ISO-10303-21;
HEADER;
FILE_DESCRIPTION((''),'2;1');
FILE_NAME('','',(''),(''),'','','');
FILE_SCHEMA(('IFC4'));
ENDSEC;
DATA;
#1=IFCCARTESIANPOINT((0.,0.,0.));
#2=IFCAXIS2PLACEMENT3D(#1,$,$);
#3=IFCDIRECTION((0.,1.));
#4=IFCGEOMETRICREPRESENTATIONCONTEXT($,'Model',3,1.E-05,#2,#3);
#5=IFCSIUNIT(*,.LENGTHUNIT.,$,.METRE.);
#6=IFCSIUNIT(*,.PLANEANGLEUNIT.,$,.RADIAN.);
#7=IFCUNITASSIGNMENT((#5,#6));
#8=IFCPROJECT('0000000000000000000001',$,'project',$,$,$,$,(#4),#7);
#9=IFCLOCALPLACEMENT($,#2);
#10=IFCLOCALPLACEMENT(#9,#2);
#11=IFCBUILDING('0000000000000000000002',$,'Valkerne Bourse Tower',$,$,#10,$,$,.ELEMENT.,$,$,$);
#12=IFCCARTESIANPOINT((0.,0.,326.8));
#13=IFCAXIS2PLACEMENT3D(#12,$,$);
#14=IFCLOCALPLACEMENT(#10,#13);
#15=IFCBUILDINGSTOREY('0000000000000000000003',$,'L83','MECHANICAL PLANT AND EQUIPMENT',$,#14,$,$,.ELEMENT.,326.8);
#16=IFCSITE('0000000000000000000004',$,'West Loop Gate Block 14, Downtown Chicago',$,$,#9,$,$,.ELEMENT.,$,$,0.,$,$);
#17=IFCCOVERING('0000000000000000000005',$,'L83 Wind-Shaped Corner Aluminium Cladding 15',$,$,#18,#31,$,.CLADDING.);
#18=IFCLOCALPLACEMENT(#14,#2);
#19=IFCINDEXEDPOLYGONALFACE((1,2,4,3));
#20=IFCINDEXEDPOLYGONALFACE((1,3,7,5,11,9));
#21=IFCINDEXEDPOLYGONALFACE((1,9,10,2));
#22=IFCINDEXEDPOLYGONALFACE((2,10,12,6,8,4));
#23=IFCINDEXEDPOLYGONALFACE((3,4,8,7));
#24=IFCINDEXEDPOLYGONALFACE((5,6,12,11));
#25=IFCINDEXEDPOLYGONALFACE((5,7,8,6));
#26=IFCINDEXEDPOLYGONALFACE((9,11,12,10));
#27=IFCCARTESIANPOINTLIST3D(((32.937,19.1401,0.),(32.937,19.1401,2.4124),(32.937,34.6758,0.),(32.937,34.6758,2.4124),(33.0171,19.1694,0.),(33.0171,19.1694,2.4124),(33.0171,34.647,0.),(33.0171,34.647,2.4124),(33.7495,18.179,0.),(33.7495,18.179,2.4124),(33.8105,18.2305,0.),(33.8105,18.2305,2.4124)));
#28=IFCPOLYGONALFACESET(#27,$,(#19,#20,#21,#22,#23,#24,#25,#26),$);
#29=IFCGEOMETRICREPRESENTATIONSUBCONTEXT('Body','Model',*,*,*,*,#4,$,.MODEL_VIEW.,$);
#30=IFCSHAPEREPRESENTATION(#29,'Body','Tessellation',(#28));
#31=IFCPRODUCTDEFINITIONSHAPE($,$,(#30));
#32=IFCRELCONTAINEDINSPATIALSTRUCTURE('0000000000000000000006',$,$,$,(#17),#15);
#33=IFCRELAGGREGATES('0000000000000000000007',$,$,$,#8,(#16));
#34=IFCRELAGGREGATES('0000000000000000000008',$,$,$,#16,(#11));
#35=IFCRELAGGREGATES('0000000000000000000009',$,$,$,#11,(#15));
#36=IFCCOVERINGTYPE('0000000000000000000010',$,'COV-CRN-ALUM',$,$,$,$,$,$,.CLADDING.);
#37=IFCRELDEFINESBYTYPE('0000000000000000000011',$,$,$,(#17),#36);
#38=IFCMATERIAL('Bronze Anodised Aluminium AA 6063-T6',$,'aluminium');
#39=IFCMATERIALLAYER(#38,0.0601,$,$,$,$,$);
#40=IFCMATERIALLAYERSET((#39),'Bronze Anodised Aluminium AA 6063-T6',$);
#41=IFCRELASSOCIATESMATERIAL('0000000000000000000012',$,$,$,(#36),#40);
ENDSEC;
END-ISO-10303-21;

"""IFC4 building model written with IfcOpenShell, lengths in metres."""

from ifc_helpers import new_model, si_unit, direction, frame, origin, place, context, subcontext, project, spatial, polyline, outline, extrude, material, layer, layer_set, type_object, element, save


model = new_model("IFC4")

# Units and contexts
model_context = context("Model", 3, precision=1e-05, world=origin(), true_north=direction((0.0, 1.0)))
body_context = subcontext(model_context, "Body", "Model", "MODEL_VIEW")
ifc_project = project(units=[si_unit("LENGTHUNIT", "METRE"), si_unit("PLANEANGLEUNIT", "RADIAN")], contexts=[model_context])

# Site, building, storey
site_placement = place(None, origin())
site = spatial("IfcSite", under=ifc_project, at=site_placement, Name="West Loop Gate Block 14, Downtown Chicago", CompositionType="ELEMENT", RefElevation=0.0)
building_placement = place(site_placement, origin())
building = spatial("IfcBuilding", under=site, at=building_placement, Name="Valkerne Bourse Tower", CompositionType="ELEMENT")
storey_placement = place(building_placement, frame((0.0, 0.0, 326.8)))
storey = spatial("IfcBuildingStorey", under=building, at=storey_placement, Name="L83", Description="MECHANICAL PLANT AND EQUIPMENT", CompositionType="ELEMENT", Elevation=326.8)

# Covering
ifc_material_1 = material(Name="Bronze Anodised Aluminium AA 6063-T6", Category="aluminium")
ifc_layer_1 = layer(ifc_material_1, 0.0601)
ifc_layer_set_1 = layer_set([ifc_layer_1], Name="Bronze Anodised Aluminium AA 6063-T6")
covering_type = type_object("IfcCoveringType", Name="COV-CRN-ALUM", PredefinedType="CLADDING", material=ifc_layer_set_1)
covering_1_placement = place(storey_placement, origin())
element("IfcCovering", 1, at=covering_1_placement, inside=storey, type_object=covering_type, Name="L83 Wind-Shaped Corner Aluminium Cladding 15", PredefinedType="CLADDING", context=body_context, shape_type="SweptSolid", body=[
    extrude(outline(polyline([(32.937, 19.1401), (32.937, 34.6758), (33.0171, 34.647), (33.0171, 19.1694), (33.8105, 18.2305), (33.7495, 18.179), (32.937, 19.1401)])), origin(), (0.0, 0.0, 1.0), 2.4124),
])

save(model, "model.ifc")
